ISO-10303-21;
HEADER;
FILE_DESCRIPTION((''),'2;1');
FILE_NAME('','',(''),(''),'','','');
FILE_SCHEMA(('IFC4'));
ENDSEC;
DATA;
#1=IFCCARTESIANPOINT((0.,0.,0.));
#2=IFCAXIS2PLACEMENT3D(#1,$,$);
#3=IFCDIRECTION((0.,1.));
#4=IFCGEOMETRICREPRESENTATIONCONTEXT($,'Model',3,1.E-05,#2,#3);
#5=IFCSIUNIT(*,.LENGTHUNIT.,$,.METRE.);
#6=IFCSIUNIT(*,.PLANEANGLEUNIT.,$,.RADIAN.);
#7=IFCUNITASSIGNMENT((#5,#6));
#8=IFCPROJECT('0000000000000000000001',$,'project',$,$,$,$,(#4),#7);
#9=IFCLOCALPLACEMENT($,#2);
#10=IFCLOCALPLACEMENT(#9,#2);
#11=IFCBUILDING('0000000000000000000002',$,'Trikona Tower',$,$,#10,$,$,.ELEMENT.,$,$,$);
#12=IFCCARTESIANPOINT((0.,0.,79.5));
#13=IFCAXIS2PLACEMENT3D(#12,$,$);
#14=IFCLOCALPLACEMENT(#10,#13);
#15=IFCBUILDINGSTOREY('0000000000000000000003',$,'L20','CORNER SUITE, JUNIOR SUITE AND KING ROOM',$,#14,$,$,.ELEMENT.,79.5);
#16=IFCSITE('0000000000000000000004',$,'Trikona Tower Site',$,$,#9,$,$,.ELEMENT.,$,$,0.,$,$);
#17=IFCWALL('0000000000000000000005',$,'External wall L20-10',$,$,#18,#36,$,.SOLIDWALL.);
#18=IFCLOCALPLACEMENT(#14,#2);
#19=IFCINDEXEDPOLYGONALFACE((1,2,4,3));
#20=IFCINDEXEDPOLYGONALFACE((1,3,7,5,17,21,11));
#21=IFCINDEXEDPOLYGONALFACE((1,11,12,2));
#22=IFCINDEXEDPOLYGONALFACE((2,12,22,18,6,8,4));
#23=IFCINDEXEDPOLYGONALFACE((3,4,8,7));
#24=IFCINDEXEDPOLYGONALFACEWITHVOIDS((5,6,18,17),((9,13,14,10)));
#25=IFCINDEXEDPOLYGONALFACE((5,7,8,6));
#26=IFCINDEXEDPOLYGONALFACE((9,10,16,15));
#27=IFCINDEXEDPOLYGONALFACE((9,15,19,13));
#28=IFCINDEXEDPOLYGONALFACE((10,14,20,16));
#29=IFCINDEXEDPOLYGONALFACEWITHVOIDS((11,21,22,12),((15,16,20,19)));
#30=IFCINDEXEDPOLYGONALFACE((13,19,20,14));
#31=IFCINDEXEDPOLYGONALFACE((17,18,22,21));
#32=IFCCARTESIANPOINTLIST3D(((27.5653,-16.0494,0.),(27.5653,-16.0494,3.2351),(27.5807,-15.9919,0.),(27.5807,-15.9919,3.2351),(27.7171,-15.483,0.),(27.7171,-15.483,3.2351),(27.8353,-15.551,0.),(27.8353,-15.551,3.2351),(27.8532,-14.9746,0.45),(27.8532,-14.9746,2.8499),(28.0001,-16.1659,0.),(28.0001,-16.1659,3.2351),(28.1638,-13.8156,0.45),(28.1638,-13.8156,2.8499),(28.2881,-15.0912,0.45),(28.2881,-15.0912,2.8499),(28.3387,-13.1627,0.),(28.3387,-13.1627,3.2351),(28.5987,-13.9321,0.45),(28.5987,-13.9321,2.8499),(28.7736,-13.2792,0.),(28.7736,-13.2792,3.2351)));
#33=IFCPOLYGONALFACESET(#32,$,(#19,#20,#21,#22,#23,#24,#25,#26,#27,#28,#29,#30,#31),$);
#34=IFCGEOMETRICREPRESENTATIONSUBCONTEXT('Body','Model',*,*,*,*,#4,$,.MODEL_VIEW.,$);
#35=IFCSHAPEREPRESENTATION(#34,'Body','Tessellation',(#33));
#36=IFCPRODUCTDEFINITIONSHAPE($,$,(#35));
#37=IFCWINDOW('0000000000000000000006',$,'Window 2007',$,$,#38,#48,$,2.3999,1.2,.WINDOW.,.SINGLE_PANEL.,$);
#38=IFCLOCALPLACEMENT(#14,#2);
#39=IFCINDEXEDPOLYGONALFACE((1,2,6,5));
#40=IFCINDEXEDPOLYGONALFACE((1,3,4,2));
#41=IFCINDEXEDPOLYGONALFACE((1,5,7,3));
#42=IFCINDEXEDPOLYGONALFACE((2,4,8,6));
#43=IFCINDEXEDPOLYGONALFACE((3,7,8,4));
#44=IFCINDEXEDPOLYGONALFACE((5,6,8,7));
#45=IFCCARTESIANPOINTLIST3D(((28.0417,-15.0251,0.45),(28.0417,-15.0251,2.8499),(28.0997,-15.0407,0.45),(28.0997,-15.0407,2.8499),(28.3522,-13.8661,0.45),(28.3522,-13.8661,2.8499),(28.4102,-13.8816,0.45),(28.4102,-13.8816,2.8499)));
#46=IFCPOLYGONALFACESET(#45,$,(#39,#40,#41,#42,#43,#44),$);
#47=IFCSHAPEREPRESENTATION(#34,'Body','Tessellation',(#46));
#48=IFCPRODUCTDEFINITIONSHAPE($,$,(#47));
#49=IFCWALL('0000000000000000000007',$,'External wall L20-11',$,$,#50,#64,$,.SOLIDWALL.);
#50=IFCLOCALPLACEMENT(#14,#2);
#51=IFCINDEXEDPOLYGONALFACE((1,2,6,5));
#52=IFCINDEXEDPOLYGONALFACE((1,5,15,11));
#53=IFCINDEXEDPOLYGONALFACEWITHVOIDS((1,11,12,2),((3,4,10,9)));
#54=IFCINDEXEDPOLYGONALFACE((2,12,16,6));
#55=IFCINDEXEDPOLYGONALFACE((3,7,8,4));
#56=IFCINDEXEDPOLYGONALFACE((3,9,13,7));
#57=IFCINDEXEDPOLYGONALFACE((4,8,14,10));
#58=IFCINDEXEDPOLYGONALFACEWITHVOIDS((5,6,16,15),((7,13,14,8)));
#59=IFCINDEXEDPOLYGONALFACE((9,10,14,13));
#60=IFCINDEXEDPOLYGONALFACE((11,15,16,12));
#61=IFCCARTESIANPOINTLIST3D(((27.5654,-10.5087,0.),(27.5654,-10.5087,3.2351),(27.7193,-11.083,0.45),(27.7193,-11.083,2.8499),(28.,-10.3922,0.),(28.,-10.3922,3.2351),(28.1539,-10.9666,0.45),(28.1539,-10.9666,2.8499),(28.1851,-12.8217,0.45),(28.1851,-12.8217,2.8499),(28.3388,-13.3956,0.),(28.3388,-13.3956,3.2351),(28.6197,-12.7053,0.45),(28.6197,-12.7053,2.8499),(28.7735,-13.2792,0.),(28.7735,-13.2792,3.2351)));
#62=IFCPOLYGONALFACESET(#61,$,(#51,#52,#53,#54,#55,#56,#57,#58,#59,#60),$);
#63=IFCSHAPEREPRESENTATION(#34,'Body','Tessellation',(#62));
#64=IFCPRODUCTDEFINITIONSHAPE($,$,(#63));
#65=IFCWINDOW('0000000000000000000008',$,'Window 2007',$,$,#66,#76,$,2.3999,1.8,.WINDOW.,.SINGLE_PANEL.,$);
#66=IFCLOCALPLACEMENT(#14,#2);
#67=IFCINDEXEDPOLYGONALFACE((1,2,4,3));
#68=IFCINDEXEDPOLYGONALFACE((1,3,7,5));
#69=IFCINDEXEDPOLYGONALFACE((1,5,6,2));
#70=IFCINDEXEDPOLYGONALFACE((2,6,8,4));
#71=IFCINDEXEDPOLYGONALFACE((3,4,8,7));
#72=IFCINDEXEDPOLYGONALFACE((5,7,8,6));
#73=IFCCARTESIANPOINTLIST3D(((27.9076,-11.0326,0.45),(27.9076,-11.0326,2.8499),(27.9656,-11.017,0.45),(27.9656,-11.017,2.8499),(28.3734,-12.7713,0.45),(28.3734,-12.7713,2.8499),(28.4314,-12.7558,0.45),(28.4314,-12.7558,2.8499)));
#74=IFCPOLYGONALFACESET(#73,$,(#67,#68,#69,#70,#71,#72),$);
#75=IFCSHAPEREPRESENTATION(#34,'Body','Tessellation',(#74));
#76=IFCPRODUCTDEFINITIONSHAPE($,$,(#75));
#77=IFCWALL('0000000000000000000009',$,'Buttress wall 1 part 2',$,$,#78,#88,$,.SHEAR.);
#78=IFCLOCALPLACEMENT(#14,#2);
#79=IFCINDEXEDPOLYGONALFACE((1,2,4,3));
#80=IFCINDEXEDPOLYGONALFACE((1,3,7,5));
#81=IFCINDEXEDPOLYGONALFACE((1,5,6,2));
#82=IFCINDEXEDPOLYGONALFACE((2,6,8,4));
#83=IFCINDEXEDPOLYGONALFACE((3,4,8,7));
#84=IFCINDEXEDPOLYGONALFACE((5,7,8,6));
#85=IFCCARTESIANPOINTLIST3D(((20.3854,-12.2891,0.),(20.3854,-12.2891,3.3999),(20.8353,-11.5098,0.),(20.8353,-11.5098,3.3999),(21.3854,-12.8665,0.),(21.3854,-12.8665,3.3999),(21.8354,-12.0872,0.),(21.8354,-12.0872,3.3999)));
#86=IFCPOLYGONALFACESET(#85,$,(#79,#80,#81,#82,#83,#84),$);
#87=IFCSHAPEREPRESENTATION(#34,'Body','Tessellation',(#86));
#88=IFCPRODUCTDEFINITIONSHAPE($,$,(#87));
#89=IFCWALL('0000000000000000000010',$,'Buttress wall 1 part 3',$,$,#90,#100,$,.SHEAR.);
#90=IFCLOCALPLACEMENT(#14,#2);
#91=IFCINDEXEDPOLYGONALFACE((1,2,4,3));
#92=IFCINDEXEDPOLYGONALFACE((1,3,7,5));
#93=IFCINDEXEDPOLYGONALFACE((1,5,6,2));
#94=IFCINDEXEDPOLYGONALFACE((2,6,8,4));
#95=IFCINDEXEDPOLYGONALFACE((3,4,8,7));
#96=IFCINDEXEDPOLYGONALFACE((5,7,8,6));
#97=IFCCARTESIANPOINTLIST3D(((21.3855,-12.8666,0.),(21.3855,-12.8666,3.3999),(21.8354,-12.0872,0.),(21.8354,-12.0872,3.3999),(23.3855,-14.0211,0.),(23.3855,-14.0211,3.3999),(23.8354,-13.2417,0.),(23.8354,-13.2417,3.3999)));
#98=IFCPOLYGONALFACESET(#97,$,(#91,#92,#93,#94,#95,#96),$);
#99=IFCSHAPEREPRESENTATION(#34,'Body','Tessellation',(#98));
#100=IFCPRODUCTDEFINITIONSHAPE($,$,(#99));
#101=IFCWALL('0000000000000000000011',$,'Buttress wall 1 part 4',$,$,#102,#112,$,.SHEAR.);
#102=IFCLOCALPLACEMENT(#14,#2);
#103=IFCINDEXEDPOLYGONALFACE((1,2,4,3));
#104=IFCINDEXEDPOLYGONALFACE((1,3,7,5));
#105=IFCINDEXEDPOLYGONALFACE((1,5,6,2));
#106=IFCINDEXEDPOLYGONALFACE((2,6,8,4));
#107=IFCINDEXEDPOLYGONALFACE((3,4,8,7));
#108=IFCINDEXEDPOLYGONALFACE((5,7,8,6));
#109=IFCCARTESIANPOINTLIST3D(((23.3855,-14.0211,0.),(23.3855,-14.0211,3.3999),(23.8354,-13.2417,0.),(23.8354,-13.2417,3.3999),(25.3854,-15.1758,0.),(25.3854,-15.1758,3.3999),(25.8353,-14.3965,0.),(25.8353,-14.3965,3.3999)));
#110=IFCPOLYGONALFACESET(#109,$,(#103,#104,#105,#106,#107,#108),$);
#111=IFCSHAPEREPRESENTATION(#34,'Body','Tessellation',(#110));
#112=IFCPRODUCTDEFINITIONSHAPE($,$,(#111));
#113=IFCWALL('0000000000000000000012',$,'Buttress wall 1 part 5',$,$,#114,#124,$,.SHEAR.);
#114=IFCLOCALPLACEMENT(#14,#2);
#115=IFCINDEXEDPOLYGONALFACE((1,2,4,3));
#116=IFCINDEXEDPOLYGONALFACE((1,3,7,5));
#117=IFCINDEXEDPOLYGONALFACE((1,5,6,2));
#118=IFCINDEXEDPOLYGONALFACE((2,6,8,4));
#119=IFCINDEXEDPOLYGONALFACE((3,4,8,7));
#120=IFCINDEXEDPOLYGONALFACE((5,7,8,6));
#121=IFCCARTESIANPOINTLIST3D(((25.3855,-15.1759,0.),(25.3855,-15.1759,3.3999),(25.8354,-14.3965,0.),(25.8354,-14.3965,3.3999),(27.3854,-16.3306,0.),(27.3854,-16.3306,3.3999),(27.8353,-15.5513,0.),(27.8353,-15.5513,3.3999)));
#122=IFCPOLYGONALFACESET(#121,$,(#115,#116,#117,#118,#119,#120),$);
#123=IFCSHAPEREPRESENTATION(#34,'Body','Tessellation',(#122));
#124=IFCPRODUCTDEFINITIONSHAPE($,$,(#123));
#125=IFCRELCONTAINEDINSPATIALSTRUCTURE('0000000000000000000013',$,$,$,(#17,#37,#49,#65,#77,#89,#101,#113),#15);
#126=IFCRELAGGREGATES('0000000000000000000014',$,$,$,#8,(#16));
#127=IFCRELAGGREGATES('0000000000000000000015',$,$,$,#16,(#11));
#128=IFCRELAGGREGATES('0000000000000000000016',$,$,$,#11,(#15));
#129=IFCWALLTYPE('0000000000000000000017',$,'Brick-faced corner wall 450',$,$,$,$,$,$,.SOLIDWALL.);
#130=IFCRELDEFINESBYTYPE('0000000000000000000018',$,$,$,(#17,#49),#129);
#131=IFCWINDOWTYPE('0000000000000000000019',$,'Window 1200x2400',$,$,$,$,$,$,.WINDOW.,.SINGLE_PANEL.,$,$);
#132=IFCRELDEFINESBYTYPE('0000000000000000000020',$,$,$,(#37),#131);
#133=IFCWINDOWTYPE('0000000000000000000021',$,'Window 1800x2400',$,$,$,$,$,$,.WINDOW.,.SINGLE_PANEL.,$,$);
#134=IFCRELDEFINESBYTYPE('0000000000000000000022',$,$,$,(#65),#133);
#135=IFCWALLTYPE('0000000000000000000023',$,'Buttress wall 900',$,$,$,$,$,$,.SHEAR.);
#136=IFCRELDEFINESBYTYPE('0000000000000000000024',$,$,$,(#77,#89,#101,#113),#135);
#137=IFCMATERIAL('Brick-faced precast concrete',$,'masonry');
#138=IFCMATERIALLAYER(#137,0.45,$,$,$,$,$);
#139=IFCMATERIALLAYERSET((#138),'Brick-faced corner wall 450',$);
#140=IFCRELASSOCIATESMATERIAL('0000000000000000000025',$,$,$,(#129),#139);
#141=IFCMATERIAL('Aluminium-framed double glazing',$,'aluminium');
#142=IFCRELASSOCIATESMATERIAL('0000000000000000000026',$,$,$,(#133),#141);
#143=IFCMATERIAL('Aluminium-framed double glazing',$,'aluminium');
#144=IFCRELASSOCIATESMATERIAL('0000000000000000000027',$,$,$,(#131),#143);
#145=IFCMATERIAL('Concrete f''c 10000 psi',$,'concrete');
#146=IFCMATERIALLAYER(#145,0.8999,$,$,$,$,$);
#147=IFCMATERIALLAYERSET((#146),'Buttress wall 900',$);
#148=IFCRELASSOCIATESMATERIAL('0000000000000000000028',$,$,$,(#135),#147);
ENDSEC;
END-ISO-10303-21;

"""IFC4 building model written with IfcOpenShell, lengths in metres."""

from ifc_helpers import new_model, si_unit, direction, frame, frame_2d, origin, place, context, subcontext, project, spatial, polyline, rectangle, outline, extrude, material, layer, layer_set, type_object, element, fill, save


model = new_model("IFC4")

# Units and contexts
model_context = context("Model", 3, precision=1e-05, world=origin(), true_north=direction((0.0, 1.0)))
body_context = subcontext(model_context, "Body", "Model", "MODEL_VIEW")
ifc_project = project(units=[si_unit("LENGTHUNIT", "METRE"), si_unit("PLANEANGLEUNIT", "RADIAN")], contexts=[model_context])

# Site, building, storey
site_placement = place(None, origin())
site = spatial("IfcSite", under=ifc_project, at=site_placement, Name="Trikona Tower Site", CompositionType="ELEMENT", RefElevation=0.0)
building_placement = place(site_placement, origin())
building = spatial("IfcBuilding", under=site, at=building_placement, Name="Trikona Tower", CompositionType="ELEMENT")
storey_placement = place(building_placement, frame((0.0, 0.0, 79.5)))
storey = spatial("IfcBuildingStorey", under=building, at=storey_placement, Name="L20", Description="CORNER SUITE, JUNIOR SUITE AND KING ROOM", CompositionType="ELEMENT", Elevation=79.5)

# Walls, openings, windows
ifc_material_1 = material(Name="Brick-faced precast concrete", Category="masonry")
ifc_layer_1 = layer(ifc_material_1, 0.45)
ifc_layer_set_1 = layer_set([ifc_layer_1], Name="Brick-faced corner wall 450")
wall_type_1 = type_object("IfcWallType", Name="Brick-faced corner wall 450", PredefinedType="SOLIDWALL", material=ifc_layer_set_1)
ifc_material_2 = material(Name="Aluminium-framed double glazing", Category="aluminium")
window_type_1 = type_object("IfcWindowType", Name="Window 1800x2400", PartitioningType="SINGLE_PANEL", PredefinedType="WINDOW", material=ifc_material_2)
ifc_material_3 = material(Name="Aluminium-framed double glazing", Category="aluminium")
window_type_2 = type_object("IfcWindowType", Name="Window 1200x2400", PartitioningType="SINGLE_PANEL", PredefinedType="WINDOW", material=ifc_material_3)
wall_1_placement = place(storey_placement, frame((27.7827, -16.1077, 0.0), z_axis=(0.0, 0.0, 1.0), x_axis=(0.258801, 0.965931, 0.0)))
wall_1 = element("IfcWall", 1, at=wall_1_placement, inside=storey, type_object=wall_type_1, Name="External wall L20-10", PredefinedType="SOLIDWALL", context=body_context, shape_type="SweptSolid", body=[
    extrude(outline(polyline([(2.9885, 0.2251), (0.5864, 0.2251), (0.5513, 0.0933), (0.0596, 0.2251), (0.0, 0.2251), (0.0, -0.2251), (2.9885, -0.2251), (2.9885, 0.2251)])), origin(), (0.0, 0.0, 1.0), 3.2351),
])
opening_1_placement = place(wall_1_placement, frame((1.1125, 0.0, 0.45)))
opening_1 = element("IfcOpeningElement", 2, at=opening_1_placement, cuts=wall_1, PredefinedType="OPENING", context=body_context, shape_type="SweptSolid", body=[
    extrude(rectangle(XDim=1.2, YDim=2.3999, at=frame_2d((0.6001, 1.2))), frame((0.0, 0.2349, 0.0), z_axis=(0.0, -1.0, 0.0), x_axis=(1.0, 0.0, 0.0)), (0.0, 0.0, 1.0), 0.47),
])
window_1_placement = place(opening_1_placement, origin())
window_1 = element("IfcWindow", 3, at=window_1_placement, inside=storey, type_object=window_type_2, Name="Window 2007", OverallHeight=2.3999, OverallWidth=1.2, PartitioningType="SINGLE_PANEL", PredefinedType="WINDOW", context=body_context, shape_type="SweptSolid", body=[
    extrude(rectangle(XDim=1.2, YDim=2.3999, at=frame_2d((0.6001, 1.2))), frame((0.0, 0.03, 0.0), z_axis=(0.0, -1.0, 0.0), x_axis=(1.0, 0.0, 0.0)), (0.0, 0.0, 1.0), 0.0601),
])
fill(opening_1, window_1)
wall_2_placement = place(storey_placement, frame((28.5562, -13.3374, 0.0), z_axis=(0.0, 0.0, 1.0), x_axis=(-0.258781, 0.965936, 0.0)))
wall_2 = element("IfcWall", 4, at=wall_2_placement, inside=storey, type_object=wall_type_1, Name="External wall L20-11", PredefinedType="SOLIDWALL", context=body_context, shape_type="SweptSolid", body=[
    extrude(rectangle(XDim=2.9888, YDim=0.45, at=frame_2d((1.4944, 0.0))), origin(), (0.0, 0.0, 1.0), 3.2351),
])
opening_2_placement = place(wall_2_placement, frame((0.5942, 0.0, 0.45)))
opening_2 = element("IfcOpeningElement", 5, at=opening_2_placement, cuts=wall_2, PredefinedType="OPENING", context=body_context, shape_type="SweptSolid", body=[
    extrude(rectangle(XDim=1.8, YDim=2.3999, at=frame_2d((0.8999, 1.2))), frame((0.0, 0.2349, 0.0), z_axis=(0.0, -1.0, 0.0), x_axis=(1.0, 0.0, 0.0)), (0.0, 0.0, 1.0), 0.47),
])
window_2_placement = place(opening_2_placement, origin())
window_2 = element("IfcWindow", 6, at=window_2_placement, inside=storey, type_object=window_type_1, Name="Window 2007", OverallHeight=2.3999, OverallWidth=1.8, PartitioningType="SINGLE_PANEL", PredefinedType="WINDOW", context=body_context, shape_type="SweptSolid", body=[
    extrude(rectangle(XDim=1.8, YDim=2.3999, at=frame_2d((0.8999, 1.2))), frame((0.0, 0.03, 0.0), z_axis=(0.0, -1.0, 0.0), x_axis=(1.0, 0.0, 0.0)), (0.0, 0.0, 1.0), 0.0601),
])
fill(opening_2, window_2)

# Walls
ifc_material_4 = material(Name="Concrete f'c 10000 psi", Category="concrete")
ifc_layer_2 = layer(ifc_material_4, 0.8999)
ifc_layer_set_2 = layer_set([ifc_layer_2], Name="Buttress wall 900")
wall_type_2 = type_object("IfcWallType", Name="Buttress wall 900", PredefinedType="SHEAR", material=ifc_layer_set_2)
wall_3_placement = place(storey_placement, frame((20.6104, -11.8994, 0.0), z_axis=(0.0, 0.0, 1.0), x_axis=(0.86601, -0.500027, 0.0)))
element("IfcWall", 7, at=wall_3_placement, inside=storey, type_object=wall_type_2, Name="Buttress wall 1 part 2", PredefinedType="SHEAR", context=body_context, shape_type="SweptSolid", body=[
    extrude(rectangle(XDim=1.1548, YDim=0.8999, at=frame_2d((0.5774, 0.0))), origin(), (0.0, 0.0, 1.0), 3.3999),
])
for number, where, z_axis, x_axis, name in (
    (8, (21.6104, -12.4768, 0.0), (0.0, 0.0, 1.0), (0.866055, -0.499948, 0.0), "Buttress wall 1 part 3"),
    (9, (23.6104, -13.6313, 0.0), (0.0, 0.0, 1.0), (0.86601, -0.500027, 0.0), "Buttress wall 1 part 4"),
    (10, (25.6104, -14.7861, 0.0), (0.0, 0.0, 1.0), (0.86601, -0.500027, 0.0), "Buttress wall 1 part 5"),
):
    element("IfcWall", number, at=place(storey_placement, frame(where, z_axis=z_axis, x_axis=x_axis)), inside=storey, type_object=wall_type_2, Name=name, PredefinedType="SHEAR", context=body_context, shape_type="SweptSolid", body=[
        extrude(rectangle(XDim=2.3093, YDim=0.8999, at=frame_2d((1.1548, 0.0))), origin(), (0.0, 0.0, 1.0), 3.3999),
    ])

save(model, "model.ifc")
